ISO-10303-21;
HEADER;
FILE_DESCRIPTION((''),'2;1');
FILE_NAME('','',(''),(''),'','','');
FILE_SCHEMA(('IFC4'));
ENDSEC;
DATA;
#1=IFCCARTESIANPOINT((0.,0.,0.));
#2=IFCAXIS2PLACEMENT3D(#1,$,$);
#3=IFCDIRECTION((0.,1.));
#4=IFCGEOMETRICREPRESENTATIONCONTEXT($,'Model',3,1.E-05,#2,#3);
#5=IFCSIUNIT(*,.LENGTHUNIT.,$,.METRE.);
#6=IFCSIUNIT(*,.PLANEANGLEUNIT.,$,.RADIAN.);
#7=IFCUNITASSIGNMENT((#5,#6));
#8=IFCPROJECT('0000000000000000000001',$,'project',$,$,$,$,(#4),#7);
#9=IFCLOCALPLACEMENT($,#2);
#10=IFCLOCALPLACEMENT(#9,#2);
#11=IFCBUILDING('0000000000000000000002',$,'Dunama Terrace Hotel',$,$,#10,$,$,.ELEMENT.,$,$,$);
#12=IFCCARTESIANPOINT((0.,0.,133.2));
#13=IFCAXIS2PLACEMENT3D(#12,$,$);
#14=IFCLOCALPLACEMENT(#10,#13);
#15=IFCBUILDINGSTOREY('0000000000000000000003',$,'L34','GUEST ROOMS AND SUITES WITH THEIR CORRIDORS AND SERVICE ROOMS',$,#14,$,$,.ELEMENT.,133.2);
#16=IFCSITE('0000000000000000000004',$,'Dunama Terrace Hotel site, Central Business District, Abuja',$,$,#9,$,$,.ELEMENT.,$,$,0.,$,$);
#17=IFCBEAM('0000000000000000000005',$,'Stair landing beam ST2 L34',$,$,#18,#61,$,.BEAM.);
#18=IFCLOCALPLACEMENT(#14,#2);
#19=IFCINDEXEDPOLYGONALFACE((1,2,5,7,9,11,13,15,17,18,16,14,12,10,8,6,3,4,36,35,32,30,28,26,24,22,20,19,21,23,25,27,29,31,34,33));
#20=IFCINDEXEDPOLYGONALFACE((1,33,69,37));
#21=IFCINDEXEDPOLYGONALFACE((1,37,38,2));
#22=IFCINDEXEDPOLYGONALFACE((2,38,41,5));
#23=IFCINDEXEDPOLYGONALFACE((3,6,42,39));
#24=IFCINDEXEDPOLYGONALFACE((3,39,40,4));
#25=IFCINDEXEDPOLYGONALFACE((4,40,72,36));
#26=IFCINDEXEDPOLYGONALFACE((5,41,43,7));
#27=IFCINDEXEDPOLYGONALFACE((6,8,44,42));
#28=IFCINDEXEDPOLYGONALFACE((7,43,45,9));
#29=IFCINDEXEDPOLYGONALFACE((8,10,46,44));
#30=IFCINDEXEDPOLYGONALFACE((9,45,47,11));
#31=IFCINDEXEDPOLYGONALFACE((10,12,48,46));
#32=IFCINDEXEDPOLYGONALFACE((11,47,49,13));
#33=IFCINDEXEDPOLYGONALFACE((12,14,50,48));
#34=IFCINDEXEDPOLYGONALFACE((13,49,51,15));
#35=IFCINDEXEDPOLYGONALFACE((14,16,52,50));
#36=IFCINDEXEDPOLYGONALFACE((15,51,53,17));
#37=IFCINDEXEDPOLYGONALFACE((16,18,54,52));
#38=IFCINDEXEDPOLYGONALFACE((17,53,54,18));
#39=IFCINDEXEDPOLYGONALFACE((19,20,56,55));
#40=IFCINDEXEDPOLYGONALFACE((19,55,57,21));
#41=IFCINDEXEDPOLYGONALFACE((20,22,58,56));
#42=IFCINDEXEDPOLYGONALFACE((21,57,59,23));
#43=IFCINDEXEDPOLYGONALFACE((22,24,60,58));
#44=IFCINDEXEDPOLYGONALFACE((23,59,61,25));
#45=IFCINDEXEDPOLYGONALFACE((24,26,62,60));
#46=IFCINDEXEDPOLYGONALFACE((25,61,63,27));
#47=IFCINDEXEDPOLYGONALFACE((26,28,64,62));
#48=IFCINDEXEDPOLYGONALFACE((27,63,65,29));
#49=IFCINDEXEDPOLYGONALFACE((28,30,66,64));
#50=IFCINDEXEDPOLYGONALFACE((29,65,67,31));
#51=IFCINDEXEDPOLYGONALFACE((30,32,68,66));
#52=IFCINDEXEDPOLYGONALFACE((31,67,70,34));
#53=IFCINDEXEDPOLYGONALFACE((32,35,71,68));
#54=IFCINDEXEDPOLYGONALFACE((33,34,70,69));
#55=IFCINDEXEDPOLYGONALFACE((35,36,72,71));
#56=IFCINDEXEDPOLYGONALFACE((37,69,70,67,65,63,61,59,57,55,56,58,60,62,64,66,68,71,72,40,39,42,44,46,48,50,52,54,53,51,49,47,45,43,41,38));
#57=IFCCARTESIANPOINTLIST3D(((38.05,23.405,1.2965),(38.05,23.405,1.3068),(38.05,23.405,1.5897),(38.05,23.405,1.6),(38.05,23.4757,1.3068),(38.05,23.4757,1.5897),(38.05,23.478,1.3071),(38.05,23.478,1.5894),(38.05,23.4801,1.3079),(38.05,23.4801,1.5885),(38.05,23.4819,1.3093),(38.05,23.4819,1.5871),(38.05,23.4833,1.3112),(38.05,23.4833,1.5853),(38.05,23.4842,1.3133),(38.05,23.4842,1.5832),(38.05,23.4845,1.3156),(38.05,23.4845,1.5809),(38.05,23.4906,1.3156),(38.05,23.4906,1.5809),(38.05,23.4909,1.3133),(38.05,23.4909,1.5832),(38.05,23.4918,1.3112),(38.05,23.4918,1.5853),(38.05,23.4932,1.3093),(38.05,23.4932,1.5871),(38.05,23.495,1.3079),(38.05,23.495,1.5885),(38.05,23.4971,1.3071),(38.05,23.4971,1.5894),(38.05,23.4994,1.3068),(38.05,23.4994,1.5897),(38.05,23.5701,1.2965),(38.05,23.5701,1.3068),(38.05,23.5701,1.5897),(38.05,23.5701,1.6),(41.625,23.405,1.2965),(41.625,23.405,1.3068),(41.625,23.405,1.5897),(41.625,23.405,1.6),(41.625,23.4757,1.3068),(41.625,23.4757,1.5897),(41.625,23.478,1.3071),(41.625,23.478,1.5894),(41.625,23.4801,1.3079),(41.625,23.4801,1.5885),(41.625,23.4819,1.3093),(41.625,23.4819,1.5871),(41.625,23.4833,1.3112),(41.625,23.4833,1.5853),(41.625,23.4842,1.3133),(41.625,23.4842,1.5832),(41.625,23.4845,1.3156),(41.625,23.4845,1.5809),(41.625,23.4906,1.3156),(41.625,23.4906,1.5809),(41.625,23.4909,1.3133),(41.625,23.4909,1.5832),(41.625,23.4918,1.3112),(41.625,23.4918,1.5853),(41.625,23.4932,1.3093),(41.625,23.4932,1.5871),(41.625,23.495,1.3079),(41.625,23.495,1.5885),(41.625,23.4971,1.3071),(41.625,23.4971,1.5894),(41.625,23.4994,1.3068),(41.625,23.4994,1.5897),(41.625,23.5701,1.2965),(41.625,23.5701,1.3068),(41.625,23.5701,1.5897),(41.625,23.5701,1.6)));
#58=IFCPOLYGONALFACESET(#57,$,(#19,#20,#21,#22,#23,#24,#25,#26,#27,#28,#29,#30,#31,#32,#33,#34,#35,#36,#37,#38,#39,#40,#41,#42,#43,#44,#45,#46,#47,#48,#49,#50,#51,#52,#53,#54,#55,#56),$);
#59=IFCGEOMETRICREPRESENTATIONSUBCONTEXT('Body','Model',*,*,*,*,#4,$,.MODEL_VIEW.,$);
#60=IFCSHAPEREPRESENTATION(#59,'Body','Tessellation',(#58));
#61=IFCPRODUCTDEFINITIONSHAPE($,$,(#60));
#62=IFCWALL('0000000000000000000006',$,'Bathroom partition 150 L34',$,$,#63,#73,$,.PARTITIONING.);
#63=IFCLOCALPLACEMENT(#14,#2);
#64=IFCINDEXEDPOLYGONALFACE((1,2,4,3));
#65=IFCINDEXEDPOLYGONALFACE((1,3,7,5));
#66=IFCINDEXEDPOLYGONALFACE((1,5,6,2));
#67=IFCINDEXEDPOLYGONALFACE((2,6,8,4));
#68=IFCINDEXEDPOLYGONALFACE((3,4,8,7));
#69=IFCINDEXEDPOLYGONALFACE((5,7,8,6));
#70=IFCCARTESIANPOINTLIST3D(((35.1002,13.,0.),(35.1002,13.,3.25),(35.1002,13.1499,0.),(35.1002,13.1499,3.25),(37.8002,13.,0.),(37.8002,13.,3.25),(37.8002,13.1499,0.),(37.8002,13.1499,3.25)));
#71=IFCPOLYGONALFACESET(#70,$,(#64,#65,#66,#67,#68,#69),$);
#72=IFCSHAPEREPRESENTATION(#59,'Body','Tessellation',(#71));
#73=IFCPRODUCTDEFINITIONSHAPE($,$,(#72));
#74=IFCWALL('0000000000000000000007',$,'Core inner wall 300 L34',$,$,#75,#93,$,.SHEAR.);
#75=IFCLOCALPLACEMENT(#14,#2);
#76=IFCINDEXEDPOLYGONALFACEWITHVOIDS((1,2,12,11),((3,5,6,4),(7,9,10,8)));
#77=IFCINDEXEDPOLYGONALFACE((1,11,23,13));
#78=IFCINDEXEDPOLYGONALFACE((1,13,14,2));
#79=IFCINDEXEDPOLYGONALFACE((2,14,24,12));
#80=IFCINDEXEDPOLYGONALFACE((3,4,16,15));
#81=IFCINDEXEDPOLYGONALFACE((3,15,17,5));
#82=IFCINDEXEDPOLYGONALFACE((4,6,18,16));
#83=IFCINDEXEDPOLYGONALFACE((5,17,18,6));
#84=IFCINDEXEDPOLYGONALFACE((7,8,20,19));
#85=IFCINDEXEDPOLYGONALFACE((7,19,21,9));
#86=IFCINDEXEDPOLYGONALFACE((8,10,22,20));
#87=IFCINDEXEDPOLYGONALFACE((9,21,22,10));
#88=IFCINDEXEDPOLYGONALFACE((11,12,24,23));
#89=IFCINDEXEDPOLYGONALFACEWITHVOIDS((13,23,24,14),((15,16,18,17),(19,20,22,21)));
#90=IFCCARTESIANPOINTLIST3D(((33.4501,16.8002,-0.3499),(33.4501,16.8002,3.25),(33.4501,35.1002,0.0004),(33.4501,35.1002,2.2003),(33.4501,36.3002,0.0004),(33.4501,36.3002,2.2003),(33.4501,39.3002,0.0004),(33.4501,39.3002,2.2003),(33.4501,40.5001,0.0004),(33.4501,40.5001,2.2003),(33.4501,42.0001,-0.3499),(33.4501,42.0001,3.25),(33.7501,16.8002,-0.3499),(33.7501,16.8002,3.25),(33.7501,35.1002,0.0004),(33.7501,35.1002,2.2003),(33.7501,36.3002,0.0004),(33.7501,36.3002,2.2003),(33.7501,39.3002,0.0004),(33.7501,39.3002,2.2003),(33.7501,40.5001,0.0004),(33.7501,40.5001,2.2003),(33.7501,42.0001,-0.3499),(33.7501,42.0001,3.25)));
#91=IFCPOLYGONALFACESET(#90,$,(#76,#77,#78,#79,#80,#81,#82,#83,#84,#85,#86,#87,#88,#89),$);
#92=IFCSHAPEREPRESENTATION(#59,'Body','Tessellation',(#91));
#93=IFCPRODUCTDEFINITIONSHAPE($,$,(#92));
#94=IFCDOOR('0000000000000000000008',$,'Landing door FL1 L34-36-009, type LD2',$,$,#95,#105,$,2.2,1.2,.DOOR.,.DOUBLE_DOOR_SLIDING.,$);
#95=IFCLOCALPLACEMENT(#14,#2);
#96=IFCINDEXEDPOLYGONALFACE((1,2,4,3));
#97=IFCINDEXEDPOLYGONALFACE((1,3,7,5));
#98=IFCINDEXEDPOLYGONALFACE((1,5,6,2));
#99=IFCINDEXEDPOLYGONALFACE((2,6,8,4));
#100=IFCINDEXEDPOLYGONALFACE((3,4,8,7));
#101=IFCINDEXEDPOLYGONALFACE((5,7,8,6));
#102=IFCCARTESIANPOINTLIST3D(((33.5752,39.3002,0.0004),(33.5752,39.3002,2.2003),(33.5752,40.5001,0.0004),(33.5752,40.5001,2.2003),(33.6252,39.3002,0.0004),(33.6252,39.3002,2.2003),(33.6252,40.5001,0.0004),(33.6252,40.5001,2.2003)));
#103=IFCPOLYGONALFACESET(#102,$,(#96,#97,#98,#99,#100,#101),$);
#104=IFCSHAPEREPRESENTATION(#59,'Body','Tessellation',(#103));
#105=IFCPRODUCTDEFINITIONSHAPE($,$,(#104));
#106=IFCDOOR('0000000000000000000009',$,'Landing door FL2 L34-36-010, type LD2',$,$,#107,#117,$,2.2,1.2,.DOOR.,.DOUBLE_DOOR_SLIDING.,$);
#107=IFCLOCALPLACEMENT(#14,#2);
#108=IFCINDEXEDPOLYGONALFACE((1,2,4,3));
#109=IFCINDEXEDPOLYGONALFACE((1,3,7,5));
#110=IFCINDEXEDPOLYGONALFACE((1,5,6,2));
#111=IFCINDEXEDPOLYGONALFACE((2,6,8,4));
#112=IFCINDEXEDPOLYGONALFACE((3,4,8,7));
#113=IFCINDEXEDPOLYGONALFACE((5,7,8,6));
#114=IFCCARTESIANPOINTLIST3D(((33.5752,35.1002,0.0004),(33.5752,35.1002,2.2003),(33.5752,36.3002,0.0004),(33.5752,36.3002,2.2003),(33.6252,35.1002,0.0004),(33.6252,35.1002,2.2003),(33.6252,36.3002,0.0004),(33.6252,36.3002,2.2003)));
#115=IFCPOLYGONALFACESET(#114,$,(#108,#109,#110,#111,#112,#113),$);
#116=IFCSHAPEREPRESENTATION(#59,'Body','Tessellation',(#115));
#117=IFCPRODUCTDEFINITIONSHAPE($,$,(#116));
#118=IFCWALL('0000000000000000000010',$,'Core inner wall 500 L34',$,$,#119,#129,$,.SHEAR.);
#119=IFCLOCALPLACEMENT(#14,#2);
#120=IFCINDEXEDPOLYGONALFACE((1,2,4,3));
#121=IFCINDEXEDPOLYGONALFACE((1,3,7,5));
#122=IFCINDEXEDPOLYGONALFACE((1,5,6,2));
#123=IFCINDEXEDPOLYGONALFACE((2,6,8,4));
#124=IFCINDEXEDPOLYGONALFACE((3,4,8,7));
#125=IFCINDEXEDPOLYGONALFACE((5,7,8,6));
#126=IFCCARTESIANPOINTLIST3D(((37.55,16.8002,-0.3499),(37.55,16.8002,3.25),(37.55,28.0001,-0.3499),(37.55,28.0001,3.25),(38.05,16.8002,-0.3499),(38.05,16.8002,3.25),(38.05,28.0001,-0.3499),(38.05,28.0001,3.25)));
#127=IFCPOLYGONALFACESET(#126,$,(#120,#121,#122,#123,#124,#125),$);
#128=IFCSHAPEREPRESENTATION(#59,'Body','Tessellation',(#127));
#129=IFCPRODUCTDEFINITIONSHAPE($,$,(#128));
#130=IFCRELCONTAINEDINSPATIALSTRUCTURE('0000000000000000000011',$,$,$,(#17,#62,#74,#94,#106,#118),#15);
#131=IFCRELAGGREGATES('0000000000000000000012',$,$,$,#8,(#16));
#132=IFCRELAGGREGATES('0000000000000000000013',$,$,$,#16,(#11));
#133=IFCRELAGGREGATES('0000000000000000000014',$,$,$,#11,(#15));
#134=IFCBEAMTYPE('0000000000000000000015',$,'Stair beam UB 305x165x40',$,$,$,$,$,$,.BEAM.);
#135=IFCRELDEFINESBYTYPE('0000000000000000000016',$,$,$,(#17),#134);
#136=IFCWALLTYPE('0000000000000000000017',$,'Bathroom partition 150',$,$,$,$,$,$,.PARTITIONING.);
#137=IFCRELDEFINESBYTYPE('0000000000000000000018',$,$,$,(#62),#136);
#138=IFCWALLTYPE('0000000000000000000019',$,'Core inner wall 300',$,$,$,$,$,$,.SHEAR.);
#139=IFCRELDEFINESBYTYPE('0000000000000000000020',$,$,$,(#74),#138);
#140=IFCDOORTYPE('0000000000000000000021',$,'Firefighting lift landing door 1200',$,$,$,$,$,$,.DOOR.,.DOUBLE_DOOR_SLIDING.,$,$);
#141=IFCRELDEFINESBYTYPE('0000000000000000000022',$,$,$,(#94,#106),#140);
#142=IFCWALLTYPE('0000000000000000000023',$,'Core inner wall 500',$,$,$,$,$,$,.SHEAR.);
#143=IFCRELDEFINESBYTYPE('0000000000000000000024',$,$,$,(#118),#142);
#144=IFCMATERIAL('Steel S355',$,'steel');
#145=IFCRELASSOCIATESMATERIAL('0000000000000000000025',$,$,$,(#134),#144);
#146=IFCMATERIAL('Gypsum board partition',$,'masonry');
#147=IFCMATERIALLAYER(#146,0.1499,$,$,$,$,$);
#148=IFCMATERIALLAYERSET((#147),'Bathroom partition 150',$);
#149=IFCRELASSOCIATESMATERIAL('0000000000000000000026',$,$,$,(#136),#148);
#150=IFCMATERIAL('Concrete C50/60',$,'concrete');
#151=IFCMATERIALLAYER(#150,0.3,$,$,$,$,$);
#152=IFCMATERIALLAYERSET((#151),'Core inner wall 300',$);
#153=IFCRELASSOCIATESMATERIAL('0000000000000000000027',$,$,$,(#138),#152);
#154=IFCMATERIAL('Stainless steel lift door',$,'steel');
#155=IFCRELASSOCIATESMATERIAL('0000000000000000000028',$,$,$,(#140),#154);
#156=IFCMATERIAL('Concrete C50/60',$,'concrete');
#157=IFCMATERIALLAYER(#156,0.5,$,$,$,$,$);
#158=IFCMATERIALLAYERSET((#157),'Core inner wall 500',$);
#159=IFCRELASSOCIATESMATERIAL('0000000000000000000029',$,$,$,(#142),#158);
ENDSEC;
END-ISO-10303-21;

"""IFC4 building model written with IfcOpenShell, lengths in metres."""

from ifc_helpers import new_model, si_unit, direction, frame, frame_2d, origin, origin_2d, place, context, subcontext, project, spatial, rectangle, i_section, extrude, material, layer, layer_set, material_profile, profile_set, type_object, element, fill, save


model = new_model("IFC4")

# Units and contexts
model_context = context("Model", 3, precision=1e-05, world=origin(), true_north=direction((0.0, 1.0)))
body_context = subcontext(model_context, "Body", "Model", "MODEL_VIEW")
ifc_project = project(units=[si_unit("LENGTHUNIT", "METRE"), si_unit("PLANEANGLEUNIT", "RADIAN")], contexts=[model_context])

# Site, building, storey
site_placement = place(None, origin())
site = spatial("IfcSite", under=ifc_project, at=site_placement, Name="Dunama Terrace Hotel site, Central Business District, Abuja", CompositionType="ELEMENT", RefElevation=0.0)
building_placement = place(site_placement, origin())
building = spatial("IfcBuilding", under=site, at=building_placement, Name="Dunama Terrace Hotel", CompositionType="ELEMENT")
storey_placement = place(building_placement, frame((0.0, 0.0, 133.2)))
storey = spatial("IfcBuildingStorey", under=building, at=storey_placement, Name="L34", Description="GUEST ROOMS AND SUITES WITH THEIR CORRIDORS AND SERVICE ROOMS", CompositionType="ELEMENT", Elevation=133.2)

# Beam
ifc_material_1 = material(Name="Steel S355", Category="steel")
ifc_material_profile = material_profile(ifc_material_1, i_section(OverallWidth=0.165, OverallDepth=0.3035, WebThickness=0.0061, FlangeThickness=0.0103, FilletRadius=0.0088, at=origin_2d()), Name="UB 305x165x40")
ifc_profile_set = profile_set([ifc_material_profile], Name="Steel S355")
beam_type = type_object("IfcBeamType", Name="Stair beam UB 305x165x40", PredefinedType="BEAM", material=ifc_profile_set)
beam_placement = place(storey_placement, frame((38.05, 23.4875, 1.4482), z_axis=(1.0, 0.0, 0.0), x_axis=(0.0, 1.0, 0.0)))
element("IfcBeam", 1, at=beam_placement, inside=storey, type_object=beam_type, Name="Stair landing beam ST2 L34", PredefinedType="BEAM", context=body_context, shape_type="SweptSolid", body=[
    extrude(i_section(OverallWidth=0.165, OverallDepth=0.3035, WebThickness=0.0061, FlangeThickness=0.0103, FilletRadius=0.0088, at=origin_2d()), origin(), (0.0, 0.0, 1.0), 3.575),
])

# Wall
ifc_material_2 = material(Name="Gypsum board partition", Category="masonry")
ifc_layer_1 = layer(ifc_material_2, 0.1499)
ifc_layer_set_1 = layer_set([ifc_layer_1], Name="Bathroom partition 150")
wall_type_1 = type_object("IfcWallType", Name="Bathroom partition 150", PredefinedType="PARTITIONING", material=ifc_layer_set_1)
wall_1_placement = place(storey_placement, frame((35.1001, 13.075, 0.0), z_axis=(0.0, 0.0, 1.0), x_axis=(1.0, 0.0, 0.0)))
element("IfcWall", 2, at=wall_1_placement, inside=storey, type_object=wall_type_1, Name="Bathroom partition 150 L34", PredefinedType="PARTITIONING", context=body_context, shape_type="SweptSolid", body=[
    extrude(rectangle(XDim=2.7, YDim=0.1499, at=frame_2d((1.3501, 0.0))), origin(), (0.0, 0.0, 1.0), 3.25),
])

# Wall, openings, doors
ifc_material_3 = material(Name="Concrete C50/60", Category="concrete")
ifc_layer_2 = layer(ifc_material_3, 0.3)
ifc_layer_set_2 = layer_set([ifc_layer_2], Name="Core inner wall 300")
wall_type_2 = type_object("IfcWallType", Name="Core inner wall 300", PredefinedType="SHEAR", material=ifc_layer_set_2)
wall_2_placement = place(storey_placement, frame((33.6001, 16.8, -0.3499), z_axis=(0.0, 0.0, 1.0), x_axis=(0.0, 1.0, 0.0)))
wall_2 = element("IfcWall", 3, at=wall_2_placement, inside=storey, type_object=wall_type_2, Name="Core inner wall 300 L34", PredefinedType="SHEAR", context=body_context, shape_type="SweptSolid", body=[
    extrude(rectangle(XDim=25.2, YDim=0.3, at=frame_2d((12.6001, 0.0))), origin(), (0.0, 0.0, 1.0), 3.5999),
])
opening_1_placement = place(wall_2_placement, frame((22.5, 0.0, 0.3501)))
opening_1 = element("IfcOpeningElement", 4, at=opening_1_placement, cuts=wall_2, PredefinedType="OPENING", context=body_context, shape_type="SweptSolid", body=[
    extrude(rectangle(XDim=1.2, YDim=2.2, at=frame_2d((0.6001, 1.1001))), frame((0.0, 0.1599, 0.0), z_axis=(0.0, -1.0, 0.0), x_axis=(1.0, 0.0, 0.0)), (0.0, 0.0, 1.0), 0.3201),
])
opening_2_placement = place(wall_2_placement, frame((18.3, 0.0, 0.3501)))
opening_2 = element("IfcOpeningElement", 5, at=opening_2_placement, cuts=wall_2, PredefinedType="OPENING", context=body_context, shape_type="SweptSolid", body=[
    extrude(rectangle(XDim=1.2, YDim=2.2, at=frame_2d((0.6001, 1.1001))), frame((0.0, 0.1599, 0.0), z_axis=(0.0, -1.0, 0.0), x_axis=(1.0, 0.0, 0.0)), (0.0, 0.0, 1.0), 0.3201),
])
ifc_material_4 = material(Name="Stainless steel lift door", Category="steel")
door_type_1 = type_object("IfcDoorType", Name="Firefighting lift landing door 1200", OperationType="DOUBLE_DOOR_SLIDING", PredefinedType="DOOR", material=ifc_material_4)
door_1_placement = place(opening_1_placement, origin())
door_1 = element("IfcDoor", 6, at=door_1_placement, inside=storey, type_object=door_type_1, Name="Landing door FL1 L34-36-009, type LD2", OperationType="DOUBLE_DOOR_SLIDING", OverallHeight=2.2, OverallWidth=1.2, PredefinedType="DOOR", context=body_context, shape_type="SweptSolid", body=[
    extrude(rectangle(XDim=1.2, YDim=2.2, at=frame_2d((0.6001, 1.1001))), frame((0.0, 0.0249, 0.0), z_axis=(0.0, -1.0, 0.0), x_axis=(1.0, 0.0, 0.0)), (0.0, 0.0, 1.0), 0.05),
])
fill(opening_1, door_1)
door_2_placement = place(opening_2_placement, origin())
door_2 = element("IfcDoor", 7, at=door_2_placement, inside=storey, type_object=door_type_1, Name="Landing door FL2 L34-36-010, type LD2", OperationType="DOUBLE_DOOR_SLIDING", OverallHeight=2.2, OverallWidth=1.2, PredefinedType="DOOR", context=body_context, shape_type="SweptSolid", body=[
    extrude(rectangle(XDim=1.2, YDim=2.2, at=frame_2d((0.6001, 1.1001))), frame((0.0, 0.0249, 0.0), z_axis=(0.0, -1.0, 0.0), x_axis=(1.0, 0.0, 0.0)), (0.0, 0.0, 1.0), 0.05),
])
fill(opening_2, door_2)

# Wall
ifc_material_5 = material(Name="Concrete C50/60", Category="concrete")
ifc_layer_3 = layer(ifc_material_5, 0.5)
ifc_layer_set_3 = layer_set([ifc_layer_3], Name="Core inner wall 500")
wall_type_3 = type_object("IfcWallType", Name="Core inner wall 500", PredefinedType="SHEAR", material=ifc_layer_set_3)
wall_3_placement = place(storey_placement, frame((37.8, 16.8, -0.3499), z_axis=(0.0, 0.0, 1.0), x_axis=(0.0, 1.0, 0.0)))
element("IfcWall", 8, at=wall_3_placement, inside=storey, type_object=wall_type_3, Name="Core inner wall 500 L34", PredefinedType="SHEAR", context=body_context, shape_type="SweptSolid", body=[
    extrude(rectangle(XDim=11.2, YDim=0.5, at=frame_2d((5.6001, 0.0))), origin(), (0.0, 0.0, 1.0), 3.5999),
])

save(model, "model.ifc")
